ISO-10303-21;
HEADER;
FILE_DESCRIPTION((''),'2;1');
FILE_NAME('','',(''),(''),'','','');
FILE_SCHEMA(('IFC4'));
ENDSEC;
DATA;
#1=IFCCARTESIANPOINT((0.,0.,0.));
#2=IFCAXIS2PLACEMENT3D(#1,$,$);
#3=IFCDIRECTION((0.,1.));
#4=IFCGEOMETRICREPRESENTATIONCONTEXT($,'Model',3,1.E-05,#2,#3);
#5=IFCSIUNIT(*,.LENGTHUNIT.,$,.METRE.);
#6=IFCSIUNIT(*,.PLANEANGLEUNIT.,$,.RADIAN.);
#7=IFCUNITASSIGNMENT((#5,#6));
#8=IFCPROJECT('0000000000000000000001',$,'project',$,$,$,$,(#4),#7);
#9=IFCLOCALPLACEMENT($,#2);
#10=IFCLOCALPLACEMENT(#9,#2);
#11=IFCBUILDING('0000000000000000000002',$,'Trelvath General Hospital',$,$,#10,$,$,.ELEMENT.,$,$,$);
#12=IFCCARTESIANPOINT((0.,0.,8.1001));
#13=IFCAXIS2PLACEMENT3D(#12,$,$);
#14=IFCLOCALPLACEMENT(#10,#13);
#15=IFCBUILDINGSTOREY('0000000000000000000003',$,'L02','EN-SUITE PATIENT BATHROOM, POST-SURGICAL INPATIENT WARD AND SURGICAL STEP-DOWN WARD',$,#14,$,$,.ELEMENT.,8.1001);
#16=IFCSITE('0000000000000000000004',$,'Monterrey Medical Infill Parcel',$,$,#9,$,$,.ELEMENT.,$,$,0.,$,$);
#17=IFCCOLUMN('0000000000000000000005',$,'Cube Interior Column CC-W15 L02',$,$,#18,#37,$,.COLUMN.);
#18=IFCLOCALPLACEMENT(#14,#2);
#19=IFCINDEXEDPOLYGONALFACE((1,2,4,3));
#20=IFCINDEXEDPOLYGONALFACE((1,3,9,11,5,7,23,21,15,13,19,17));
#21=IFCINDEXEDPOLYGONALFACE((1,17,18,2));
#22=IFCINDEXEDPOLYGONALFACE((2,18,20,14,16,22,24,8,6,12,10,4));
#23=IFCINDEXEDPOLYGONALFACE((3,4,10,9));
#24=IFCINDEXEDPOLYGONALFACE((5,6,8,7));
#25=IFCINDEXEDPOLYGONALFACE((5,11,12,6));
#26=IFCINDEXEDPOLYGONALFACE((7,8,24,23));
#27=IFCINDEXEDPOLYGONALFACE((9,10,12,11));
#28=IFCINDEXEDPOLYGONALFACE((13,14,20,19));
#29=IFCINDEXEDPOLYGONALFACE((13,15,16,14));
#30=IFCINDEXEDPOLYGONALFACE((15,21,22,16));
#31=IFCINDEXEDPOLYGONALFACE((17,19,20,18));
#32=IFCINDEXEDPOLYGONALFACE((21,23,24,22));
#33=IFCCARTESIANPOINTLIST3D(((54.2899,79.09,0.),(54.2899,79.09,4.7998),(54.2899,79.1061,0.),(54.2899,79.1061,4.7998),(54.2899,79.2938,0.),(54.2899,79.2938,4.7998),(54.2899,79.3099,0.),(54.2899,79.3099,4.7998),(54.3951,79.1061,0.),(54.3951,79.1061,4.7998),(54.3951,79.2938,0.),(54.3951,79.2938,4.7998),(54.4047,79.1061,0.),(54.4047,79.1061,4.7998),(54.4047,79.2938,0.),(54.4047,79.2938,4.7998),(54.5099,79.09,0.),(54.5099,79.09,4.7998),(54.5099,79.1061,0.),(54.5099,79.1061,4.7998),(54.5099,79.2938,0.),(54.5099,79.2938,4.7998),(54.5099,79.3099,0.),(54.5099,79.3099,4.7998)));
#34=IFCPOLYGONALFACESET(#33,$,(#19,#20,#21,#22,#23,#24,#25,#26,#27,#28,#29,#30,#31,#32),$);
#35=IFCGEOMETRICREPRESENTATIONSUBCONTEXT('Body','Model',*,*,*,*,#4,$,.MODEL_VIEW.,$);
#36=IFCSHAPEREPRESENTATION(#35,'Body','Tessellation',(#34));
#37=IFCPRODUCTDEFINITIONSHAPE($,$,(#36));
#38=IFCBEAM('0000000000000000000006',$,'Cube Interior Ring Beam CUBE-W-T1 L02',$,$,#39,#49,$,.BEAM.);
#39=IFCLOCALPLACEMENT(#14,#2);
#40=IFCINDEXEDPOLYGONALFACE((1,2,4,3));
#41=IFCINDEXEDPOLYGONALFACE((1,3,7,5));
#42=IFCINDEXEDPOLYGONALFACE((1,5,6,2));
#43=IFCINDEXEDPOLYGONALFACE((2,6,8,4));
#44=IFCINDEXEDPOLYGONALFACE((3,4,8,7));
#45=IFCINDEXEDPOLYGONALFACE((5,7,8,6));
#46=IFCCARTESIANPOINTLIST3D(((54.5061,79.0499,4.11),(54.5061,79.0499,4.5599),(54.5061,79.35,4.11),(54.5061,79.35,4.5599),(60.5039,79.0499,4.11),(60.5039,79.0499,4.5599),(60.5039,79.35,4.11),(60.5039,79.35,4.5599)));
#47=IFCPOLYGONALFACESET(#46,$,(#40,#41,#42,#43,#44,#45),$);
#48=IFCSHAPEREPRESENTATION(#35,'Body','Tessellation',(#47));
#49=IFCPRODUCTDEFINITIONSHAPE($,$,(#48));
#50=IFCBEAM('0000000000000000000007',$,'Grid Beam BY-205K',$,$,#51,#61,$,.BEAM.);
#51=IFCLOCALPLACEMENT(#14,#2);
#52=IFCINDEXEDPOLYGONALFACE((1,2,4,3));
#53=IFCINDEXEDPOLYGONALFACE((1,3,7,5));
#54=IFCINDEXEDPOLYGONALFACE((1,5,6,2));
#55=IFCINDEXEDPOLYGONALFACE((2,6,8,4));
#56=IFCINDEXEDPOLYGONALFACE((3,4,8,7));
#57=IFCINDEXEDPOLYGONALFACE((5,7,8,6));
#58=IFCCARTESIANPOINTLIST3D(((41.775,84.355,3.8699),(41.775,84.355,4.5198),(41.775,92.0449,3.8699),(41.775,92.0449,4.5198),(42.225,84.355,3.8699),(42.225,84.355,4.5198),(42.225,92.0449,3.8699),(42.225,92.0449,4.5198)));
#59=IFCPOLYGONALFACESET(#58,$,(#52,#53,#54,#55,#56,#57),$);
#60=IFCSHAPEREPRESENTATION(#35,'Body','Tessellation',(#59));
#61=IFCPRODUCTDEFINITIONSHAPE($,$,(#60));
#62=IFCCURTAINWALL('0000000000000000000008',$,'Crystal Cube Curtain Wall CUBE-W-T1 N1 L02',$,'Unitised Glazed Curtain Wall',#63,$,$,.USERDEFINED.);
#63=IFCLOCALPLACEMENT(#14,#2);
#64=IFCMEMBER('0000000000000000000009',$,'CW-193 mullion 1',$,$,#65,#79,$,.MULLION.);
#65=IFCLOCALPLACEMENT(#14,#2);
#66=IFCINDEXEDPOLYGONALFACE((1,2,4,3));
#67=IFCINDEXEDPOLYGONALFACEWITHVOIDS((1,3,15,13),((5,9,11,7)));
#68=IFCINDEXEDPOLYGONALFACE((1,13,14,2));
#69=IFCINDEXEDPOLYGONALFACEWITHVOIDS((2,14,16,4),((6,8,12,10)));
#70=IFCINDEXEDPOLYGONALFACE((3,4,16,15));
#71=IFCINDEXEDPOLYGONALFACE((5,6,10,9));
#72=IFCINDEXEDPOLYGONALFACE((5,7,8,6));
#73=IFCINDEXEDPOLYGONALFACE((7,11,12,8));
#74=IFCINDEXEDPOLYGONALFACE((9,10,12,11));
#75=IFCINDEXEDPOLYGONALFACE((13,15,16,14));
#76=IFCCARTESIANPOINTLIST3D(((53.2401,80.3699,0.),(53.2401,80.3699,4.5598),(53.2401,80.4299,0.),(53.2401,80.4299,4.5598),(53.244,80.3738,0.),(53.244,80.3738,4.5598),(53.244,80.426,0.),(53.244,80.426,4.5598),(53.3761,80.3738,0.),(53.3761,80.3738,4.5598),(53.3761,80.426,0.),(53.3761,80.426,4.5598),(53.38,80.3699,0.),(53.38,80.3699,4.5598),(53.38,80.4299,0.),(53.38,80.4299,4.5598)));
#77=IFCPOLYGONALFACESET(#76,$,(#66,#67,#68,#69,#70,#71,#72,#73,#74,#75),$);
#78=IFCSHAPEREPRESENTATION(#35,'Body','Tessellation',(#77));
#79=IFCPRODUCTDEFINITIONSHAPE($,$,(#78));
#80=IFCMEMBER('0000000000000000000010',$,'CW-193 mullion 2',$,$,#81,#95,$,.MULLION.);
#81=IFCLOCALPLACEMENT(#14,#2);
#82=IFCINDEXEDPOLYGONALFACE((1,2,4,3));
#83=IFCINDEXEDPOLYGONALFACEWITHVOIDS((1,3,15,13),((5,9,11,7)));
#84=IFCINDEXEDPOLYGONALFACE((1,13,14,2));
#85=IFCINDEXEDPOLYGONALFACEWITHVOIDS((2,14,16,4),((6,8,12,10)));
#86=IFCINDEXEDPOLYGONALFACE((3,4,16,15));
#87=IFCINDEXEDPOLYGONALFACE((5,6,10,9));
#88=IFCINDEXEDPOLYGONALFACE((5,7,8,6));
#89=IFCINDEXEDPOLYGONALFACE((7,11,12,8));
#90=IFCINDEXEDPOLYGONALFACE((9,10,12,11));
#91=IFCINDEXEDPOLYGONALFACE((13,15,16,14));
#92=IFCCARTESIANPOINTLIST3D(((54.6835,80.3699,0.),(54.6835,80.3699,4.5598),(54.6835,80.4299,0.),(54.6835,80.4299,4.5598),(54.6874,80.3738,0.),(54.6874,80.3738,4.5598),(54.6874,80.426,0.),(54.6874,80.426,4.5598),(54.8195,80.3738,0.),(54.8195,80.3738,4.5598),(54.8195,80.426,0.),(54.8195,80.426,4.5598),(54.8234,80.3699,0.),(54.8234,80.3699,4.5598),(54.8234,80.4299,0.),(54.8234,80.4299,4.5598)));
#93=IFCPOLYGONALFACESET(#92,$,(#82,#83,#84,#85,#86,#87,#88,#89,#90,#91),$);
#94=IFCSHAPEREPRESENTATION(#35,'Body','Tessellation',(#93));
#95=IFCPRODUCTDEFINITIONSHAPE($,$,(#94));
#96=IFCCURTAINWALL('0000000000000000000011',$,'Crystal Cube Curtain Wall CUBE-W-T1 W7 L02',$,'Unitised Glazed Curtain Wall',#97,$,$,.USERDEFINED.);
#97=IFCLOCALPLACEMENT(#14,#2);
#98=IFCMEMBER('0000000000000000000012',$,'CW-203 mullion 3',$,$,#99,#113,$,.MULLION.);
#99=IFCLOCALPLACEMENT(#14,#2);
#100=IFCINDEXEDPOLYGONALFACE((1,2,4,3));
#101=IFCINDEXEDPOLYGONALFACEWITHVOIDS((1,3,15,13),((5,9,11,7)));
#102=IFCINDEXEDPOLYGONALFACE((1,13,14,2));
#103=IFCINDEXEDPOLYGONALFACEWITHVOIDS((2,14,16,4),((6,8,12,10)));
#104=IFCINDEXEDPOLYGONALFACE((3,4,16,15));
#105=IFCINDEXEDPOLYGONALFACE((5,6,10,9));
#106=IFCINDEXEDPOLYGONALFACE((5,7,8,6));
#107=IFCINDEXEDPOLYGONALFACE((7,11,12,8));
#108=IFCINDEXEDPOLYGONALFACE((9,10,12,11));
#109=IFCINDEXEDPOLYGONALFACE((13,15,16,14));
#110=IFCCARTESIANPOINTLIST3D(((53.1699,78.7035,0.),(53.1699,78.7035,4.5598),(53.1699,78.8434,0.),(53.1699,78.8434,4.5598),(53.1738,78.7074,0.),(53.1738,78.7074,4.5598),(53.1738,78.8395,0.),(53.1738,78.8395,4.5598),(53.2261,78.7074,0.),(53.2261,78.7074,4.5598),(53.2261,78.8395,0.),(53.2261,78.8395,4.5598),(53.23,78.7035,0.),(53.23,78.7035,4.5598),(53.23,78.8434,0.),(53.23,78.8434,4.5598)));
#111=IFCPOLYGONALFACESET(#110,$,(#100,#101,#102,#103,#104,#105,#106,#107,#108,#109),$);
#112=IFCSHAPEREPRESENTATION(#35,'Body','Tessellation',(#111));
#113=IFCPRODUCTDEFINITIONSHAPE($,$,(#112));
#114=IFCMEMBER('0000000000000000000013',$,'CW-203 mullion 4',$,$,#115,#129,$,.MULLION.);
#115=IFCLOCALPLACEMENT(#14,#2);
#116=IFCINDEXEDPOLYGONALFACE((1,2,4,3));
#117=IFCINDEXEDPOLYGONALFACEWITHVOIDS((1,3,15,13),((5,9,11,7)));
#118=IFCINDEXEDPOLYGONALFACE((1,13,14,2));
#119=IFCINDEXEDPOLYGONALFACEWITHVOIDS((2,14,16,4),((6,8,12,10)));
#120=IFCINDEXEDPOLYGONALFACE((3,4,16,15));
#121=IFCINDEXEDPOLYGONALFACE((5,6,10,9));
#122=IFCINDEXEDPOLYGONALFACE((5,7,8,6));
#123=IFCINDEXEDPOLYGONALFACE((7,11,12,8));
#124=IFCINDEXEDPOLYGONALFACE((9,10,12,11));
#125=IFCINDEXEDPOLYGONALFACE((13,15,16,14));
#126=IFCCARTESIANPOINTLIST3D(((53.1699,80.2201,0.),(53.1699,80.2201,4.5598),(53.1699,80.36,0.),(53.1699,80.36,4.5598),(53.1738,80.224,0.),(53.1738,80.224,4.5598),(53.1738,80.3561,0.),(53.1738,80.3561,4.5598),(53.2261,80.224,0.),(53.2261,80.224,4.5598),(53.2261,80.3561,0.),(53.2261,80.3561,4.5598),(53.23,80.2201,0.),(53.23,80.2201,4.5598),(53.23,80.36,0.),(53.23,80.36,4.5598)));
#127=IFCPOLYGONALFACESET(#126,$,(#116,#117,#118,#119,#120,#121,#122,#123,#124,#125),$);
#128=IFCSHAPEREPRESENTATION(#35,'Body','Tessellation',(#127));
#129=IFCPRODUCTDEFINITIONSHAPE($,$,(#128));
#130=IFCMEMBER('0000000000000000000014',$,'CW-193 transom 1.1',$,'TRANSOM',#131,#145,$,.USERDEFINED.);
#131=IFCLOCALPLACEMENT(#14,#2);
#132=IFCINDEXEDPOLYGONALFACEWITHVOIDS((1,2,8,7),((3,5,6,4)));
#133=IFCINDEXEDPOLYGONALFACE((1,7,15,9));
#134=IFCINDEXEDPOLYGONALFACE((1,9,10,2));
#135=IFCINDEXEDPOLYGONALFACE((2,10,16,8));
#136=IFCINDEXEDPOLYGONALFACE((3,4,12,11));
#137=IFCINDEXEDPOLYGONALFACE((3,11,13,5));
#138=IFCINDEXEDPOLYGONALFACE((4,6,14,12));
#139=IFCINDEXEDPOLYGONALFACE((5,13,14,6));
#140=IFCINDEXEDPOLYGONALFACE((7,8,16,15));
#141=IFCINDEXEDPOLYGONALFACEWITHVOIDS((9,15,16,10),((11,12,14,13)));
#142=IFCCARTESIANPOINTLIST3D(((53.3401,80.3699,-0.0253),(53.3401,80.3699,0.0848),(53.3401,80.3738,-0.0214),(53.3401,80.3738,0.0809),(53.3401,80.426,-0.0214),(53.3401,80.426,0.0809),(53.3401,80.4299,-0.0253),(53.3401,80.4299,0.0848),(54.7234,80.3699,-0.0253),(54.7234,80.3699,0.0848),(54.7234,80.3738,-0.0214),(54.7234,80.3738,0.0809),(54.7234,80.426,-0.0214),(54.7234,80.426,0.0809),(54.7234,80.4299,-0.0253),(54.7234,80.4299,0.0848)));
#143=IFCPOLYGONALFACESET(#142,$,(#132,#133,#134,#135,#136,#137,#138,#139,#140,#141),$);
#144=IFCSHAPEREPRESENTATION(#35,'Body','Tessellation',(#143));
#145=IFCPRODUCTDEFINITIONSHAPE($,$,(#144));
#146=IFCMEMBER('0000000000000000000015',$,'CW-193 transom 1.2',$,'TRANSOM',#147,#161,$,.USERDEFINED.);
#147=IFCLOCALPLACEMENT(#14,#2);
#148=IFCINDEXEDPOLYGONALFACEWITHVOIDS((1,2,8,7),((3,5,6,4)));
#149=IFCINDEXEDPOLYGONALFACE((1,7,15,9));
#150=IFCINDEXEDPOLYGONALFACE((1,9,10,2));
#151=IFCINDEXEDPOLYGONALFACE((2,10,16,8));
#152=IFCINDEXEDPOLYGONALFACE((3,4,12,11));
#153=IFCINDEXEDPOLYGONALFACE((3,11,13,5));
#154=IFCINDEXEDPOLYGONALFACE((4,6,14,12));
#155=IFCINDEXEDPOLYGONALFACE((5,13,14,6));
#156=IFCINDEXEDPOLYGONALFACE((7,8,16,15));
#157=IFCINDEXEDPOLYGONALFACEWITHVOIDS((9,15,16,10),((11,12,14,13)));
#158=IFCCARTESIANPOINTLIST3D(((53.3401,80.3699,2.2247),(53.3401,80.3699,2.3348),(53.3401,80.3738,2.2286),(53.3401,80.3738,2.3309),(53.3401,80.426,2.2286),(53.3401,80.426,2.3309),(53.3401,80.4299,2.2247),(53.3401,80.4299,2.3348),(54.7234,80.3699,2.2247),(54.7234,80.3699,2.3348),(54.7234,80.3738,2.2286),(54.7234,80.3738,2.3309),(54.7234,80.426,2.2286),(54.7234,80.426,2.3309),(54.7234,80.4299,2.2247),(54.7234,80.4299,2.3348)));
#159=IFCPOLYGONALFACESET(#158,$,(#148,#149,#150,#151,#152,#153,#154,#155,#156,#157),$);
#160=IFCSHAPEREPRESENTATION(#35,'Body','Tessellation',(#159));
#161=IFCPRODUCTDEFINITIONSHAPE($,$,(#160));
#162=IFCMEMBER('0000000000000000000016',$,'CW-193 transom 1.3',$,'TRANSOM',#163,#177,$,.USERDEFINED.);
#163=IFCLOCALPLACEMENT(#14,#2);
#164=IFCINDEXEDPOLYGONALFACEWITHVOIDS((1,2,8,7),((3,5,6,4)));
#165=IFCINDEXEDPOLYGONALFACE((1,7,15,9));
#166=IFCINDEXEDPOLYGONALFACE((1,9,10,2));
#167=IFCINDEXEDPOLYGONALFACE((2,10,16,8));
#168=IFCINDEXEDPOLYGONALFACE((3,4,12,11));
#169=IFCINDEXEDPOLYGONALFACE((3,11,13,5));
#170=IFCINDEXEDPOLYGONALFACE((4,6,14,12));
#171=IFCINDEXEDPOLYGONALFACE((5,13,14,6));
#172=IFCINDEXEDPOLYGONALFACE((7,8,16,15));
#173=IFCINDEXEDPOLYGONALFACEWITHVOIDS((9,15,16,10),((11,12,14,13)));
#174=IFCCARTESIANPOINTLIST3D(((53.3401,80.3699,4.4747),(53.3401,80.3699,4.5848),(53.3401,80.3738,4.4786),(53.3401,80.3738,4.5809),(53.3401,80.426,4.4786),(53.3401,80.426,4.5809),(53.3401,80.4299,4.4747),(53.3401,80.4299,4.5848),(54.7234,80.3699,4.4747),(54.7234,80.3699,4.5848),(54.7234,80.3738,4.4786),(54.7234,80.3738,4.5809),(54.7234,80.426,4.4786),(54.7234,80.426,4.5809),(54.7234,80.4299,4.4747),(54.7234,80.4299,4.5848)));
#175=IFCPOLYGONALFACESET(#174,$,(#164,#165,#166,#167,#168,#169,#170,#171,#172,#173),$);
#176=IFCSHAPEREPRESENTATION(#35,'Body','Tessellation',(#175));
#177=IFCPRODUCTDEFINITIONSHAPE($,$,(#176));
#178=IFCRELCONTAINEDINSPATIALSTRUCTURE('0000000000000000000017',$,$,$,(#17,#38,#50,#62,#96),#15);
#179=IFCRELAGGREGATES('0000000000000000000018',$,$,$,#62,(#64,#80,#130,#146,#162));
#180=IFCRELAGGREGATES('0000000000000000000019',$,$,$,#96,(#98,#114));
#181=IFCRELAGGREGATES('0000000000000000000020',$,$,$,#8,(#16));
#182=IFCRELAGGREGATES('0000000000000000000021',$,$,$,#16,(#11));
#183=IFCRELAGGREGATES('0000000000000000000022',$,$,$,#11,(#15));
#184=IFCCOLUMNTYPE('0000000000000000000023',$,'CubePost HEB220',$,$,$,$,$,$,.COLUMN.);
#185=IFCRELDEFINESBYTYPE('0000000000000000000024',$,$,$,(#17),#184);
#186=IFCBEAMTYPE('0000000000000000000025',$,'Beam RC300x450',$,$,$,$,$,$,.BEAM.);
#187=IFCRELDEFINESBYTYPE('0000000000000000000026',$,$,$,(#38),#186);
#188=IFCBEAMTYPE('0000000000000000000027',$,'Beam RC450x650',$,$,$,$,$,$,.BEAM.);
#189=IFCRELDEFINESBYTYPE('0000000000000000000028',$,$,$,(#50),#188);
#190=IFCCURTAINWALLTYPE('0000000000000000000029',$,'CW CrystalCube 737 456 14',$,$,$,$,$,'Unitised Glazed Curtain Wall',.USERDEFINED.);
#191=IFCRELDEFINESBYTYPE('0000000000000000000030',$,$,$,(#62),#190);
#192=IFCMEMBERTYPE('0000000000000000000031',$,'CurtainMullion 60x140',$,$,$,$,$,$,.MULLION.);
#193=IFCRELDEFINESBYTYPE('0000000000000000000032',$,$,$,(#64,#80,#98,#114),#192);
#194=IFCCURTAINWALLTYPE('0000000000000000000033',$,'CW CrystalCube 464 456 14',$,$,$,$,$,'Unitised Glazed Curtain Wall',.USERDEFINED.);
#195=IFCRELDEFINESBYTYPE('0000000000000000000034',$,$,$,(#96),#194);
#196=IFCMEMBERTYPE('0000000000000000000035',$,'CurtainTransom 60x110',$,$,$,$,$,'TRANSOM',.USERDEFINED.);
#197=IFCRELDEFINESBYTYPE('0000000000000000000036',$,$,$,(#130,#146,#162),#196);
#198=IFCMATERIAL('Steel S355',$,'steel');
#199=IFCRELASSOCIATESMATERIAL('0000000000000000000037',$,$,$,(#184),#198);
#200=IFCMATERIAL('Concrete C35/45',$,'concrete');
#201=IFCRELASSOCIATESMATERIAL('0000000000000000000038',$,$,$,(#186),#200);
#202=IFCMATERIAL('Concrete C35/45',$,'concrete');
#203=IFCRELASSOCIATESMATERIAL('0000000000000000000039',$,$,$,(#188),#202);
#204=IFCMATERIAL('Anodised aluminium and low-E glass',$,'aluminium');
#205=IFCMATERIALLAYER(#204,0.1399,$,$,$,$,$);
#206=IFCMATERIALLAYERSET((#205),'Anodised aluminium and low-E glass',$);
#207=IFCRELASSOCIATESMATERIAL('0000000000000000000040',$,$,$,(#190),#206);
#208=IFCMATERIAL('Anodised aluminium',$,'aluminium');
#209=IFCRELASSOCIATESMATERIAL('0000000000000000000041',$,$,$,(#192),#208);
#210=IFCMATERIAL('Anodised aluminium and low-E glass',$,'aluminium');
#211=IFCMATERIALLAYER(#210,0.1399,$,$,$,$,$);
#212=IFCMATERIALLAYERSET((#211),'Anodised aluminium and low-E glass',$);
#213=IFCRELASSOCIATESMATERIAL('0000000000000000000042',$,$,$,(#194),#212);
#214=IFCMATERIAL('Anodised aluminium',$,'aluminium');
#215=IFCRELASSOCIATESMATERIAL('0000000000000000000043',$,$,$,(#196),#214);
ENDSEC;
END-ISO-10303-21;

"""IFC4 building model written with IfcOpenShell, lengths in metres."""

from ifc_helpers import new_model, si_unit, direction, frame, origin, origin_2d, place, context, subcontext, project, spatial, rectangle, hollow_rectangle, i_section, extrude, material, layer, layer_set, material_profile, profile_set, type_object, element, aggregate, save


model = new_model("IFC4")

# Units and contexts
model_context = context("Model", 3, precision=1e-05, world=origin(), true_north=direction((0.0, 1.0)))
body_context = subcontext(model_context, "Body", "Model", "MODEL_VIEW")
ifc_project = project(units=[si_unit("LENGTHUNIT", "METRE"), si_unit("PLANEANGLEUNIT", "RADIAN")], contexts=[model_context])

# Site, building, storey
site_placement = place(None, origin())
site = spatial("IfcSite", under=ifc_project, at=site_placement, Name="Monterrey Medical Infill Parcel", CompositionType="ELEMENT", RefElevation=0.0)
building_placement = place(site_placement, origin())
building = spatial("IfcBuilding", under=site, at=building_placement, Name="Trelvath General Hospital", CompositionType="ELEMENT")
storey_placement = place(building_placement, frame((0.0, 0.0, 8.1001)))
storey = spatial("IfcBuildingStorey", under=building, at=storey_placement, Name="L02", Description="EN-SUITE PATIENT BATHROOM, POST-SURGICAL INPATIENT WARD AND SURGICAL STEP-DOWN WARD", CompositionType="ELEMENT", Elevation=8.1001)

# Column
ifc_material_1 = material(Name="Steel S355", Category="steel")
ifc_material_profile_1 = material_profile(ifc_material_1, i_section(OverallWidth=0.22, OverallDepth=0.22, WebThickness=0.0095, FlangeThickness=0.0161, at=origin_2d()), Name="HEB220")
ifc_profile_set_1 = profile_set([ifc_material_profile_1], Name="Steel S355")
column_type = type_object("IfcColumnType", Name="CubePost HEB220", PredefinedType="COLUMN", material=ifc_profile_set_1)
column_placement = place(storey_placement, frame((54.3999, 79.2, 0.0), z_axis=(0.0, 0.0, 1.0), x_axis=(1.0, 0.0, 0.0)))
element("IfcColumn", 1, at=column_placement, inside=storey, type_object=column_type, Name="Cube Interior Column CC-W15 L02", PredefinedType="COLUMN", context=body_context, shape_type="SweptSolid", body=[
    extrude(i_section(OverallWidth=0.22, OverallDepth=0.22, WebThickness=0.0095, FlangeThickness=0.0161, at=origin_2d()), origin(), (0.0, 0.0, 1.0), 4.7998),
])

# Beams
ifc_material_2 = material(Name="Concrete C35/45", Category="concrete")
ifc_material_profile_2 = material_profile(ifc_material_2, rectangle(XDim=0.3, YDim=0.45, at=origin_2d()), Name="RCB300x450")
ifc_profile_set_2 = profile_set([ifc_material_profile_2], Name="Concrete C35/45")
beam_type_1 = type_object("IfcBeamType", Name="Beam RC300x450", PredefinedType="BEAM", material=ifc_profile_set_2)
beam_1_placement = place(storey_placement, frame((54.5061, 79.2, 4.335), z_axis=(1.0, 0.0, 0.0), x_axis=(0.0, 1.0, 0.0)))
element("IfcBeam", 2, at=beam_1_placement, inside=storey, type_object=beam_type_1, Name="Cube Interior Ring Beam CUBE-W-T1 L02", PredefinedType="BEAM", context=body_context, shape_type="SweptSolid", body=[
    extrude(rectangle(XDim=0.3, YDim=0.45, at=origin_2d()), origin(), (0.0, 0.0, 1.0), 5.9978),
])
ifc_material_3 = material(Name="Concrete C35/45", Category="concrete")
ifc_material_profile_3 = material_profile(ifc_material_3, rectangle(XDim=0.45, YDim=0.6499, at=origin_2d()), Name="RCB450x650")
ifc_profile_set_3 = profile_set([ifc_material_profile_3], Name="Concrete C35/45")
beam_type_2 = type_object("IfcBeamType", Name="Beam RC450x650", PredefinedType="BEAM", material=ifc_profile_set_3)
beam_2_placement = place(storey_placement, frame((42.0, 84.355, 4.1948), z_axis=(0.0, 1.0, 0.0), x_axis=(-1.0, 0.0, 0.0)))
element("IfcBeam", 3, at=beam_2_placement, inside=storey, type_object=beam_type_2, Name="Grid Beam BY-205K", PredefinedType="BEAM", context=body_context, shape_type="SweptSolid", body=[
    extrude(rectangle(XDim=0.45, YDim=0.6499, at=origin_2d()), origin(), (0.0, 0.0, 1.0), 7.6899),
])

# Curtain walls, members
ifc_material_4 = material(Name="Anodised aluminium and low-E glass", Category="aluminium")
ifc_layer_1 = layer(ifc_material_4, 0.1399)
ifc_layer_set_1 = layer_set([ifc_layer_1], Name="Anodised aluminium and low-E glass")
curtain_wall_type_1 = type_object("IfcCurtainWallType", Name="CW CrystalCube 737 456 14", ElementType="Unitised Glazed Curtain Wall", PredefinedType="USERDEFINED", material=ifc_layer_set_1)
curtain_wall_1_placement = place(storey_placement, origin())
curtain_wall_1 = element("IfcCurtainWall", 4, at=curtain_wall_1_placement, inside=storey, type_object=curtain_wall_type_1, Name="Crystal Cube Curtain Wall CUBE-W-T1 N1 L02", ObjectType="Unitised Glazed Curtain Wall", PredefinedType="USERDEFINED")
ifc_material_5 = material(Name="Anodised aluminium", Category="aluminium")
ifc_material_profile_4 = material_profile(ifc_material_5, hollow_rectangle(XDim=0.0601, YDim=0.1399, WallThickness=0.0039, at=origin_2d()), Name="RHS60x140x4")
ifc_profile_set_4 = profile_set([ifc_material_profile_4], Name="Anodised aluminium")
member_type_1 = type_object("IfcMemberType", Name="CurtainMullion 60x140", PredefinedType="MULLION", material=ifc_profile_set_4)
member_1_placement = place(storey_placement, frame((53.3101, 80.3999, 0.0), z_axis=(0.0, 0.0, 1.0), x_axis=(0.0, 1.0, 0.0)))
member_1 = element("IfcMember", 5, at=member_1_placement, type_object=member_type_1, Name="CW-193 mullion 1", PredefinedType="MULLION", context=body_context, shape_type="SweptSolid", body=[
    extrude(hollow_rectangle(XDim=0.0601, YDim=0.1399, WallThickness=0.0039, at=origin_2d()), origin(), (0.0, 0.0, 1.0), 4.5598),
])
member_2_placement = place(storey_placement, frame((54.7534, 80.3999, 0.0), z_axis=(0.0, 0.0, 1.0), x_axis=(0.0, 1.0, 0.0)))
member_2 = element("IfcMember", 6, at=member_2_placement, type_object=member_type_1, Name="CW-193 mullion 2", PredefinedType="MULLION", context=body_context, shape_type="SweptSolid", body=[
    extrude(hollow_rectangle(XDim=0.0601, YDim=0.1399, WallThickness=0.0039, at=origin_2d()), origin(), (0.0, 0.0, 1.0), 4.5598),
])
ifc_material_6 = material(Name="Anodised aluminium and low-E glass", Category="aluminium")
ifc_layer_2 = layer(ifc_material_6, 0.1399)
ifc_layer_set_2 = layer_set([ifc_layer_2], Name="Anodised aluminium and low-E glass")
curtain_wall_type_2 = type_object("IfcCurtainWallType", Name="CW CrystalCube 464 456 14", ElementType="Unitised Glazed Curtain Wall", PredefinedType="USERDEFINED", material=ifc_layer_set_2)
curtain_wall_2_placement = place(storey_placement, origin())
curtain_wall_2 = element("IfcCurtainWall", 7, at=curtain_wall_2_placement, inside=storey, type_object=curtain_wall_type_2, Name="Crystal Cube Curtain Wall CUBE-W-T1 W7 L02", ObjectType="Unitised Glazed Curtain Wall", PredefinedType="USERDEFINED")
member_3_placement = place(storey_placement, frame((53.2, 78.7734, 0.0), z_axis=(0.0, 0.0, 1.0), x_axis=(-1.0, 0.0, 0.0)))
member_3 = element("IfcMember", 8, at=member_3_placement, type_object=member_type_1, Name="CW-203 mullion 3", PredefinedType="MULLION", context=body_context, shape_type="SweptSolid", body=[
    extrude(hollow_rectangle(XDim=0.0601, YDim=0.1399, WallThickness=0.0039, at=origin_2d()), origin(), (0.0, 0.0, 1.0), 4.5598),
])
member_4_placement = place(storey_placement, frame((53.2, 80.29, 0.0), z_axis=(0.0, 0.0, 1.0), x_axis=(-1.0, 0.0, 0.0)))
member_4 = element("IfcMember", 9, at=member_4_placement, type_object=member_type_1, Name="CW-203 mullion 4", PredefinedType="MULLION", context=body_context, shape_type="SweptSolid", body=[
    extrude(hollow_rectangle(XDim=0.0601, YDim=0.1399, WallThickness=0.0039, at=origin_2d()), origin(), (0.0, 0.0, 1.0), 4.5598),
])

# Members
ifc_material_7 = material(Name="Anodised aluminium", Category="aluminium")
ifc_material_profile_5 = material_profile(ifc_material_7, hollow_rectangle(XDim=0.0601, YDim=0.1101, WallThickness=0.0039, at=origin_2d()), Name="RHS60x110x4")
ifc_profile_set_5 = profile_set([ifc_material_profile_5], Name="Anodised aluminium")
member_type_2 = type_object("IfcMemberType", Name="CurtainTransom 60x110", ElementType="TRANSOM", PredefinedType="USERDEFINED", material=ifc_profile_set_5)
member_5_placement = place(storey_placement, frame((53.3401, 80.3999, 0.0298), z_axis=(1.0, 0.0, 0.0), x_axis=(0.0, 1.0, 0.0)))
member_5 = element("IfcMember", 10, at=member_5_placement, type_object=member_type_2, Name="CW-193 transom 1.1", ObjectType="TRANSOM", PredefinedType="USERDEFINED", context=body_context, shape_type="SweptSolid", body=[
    extrude(hollow_rectangle(XDim=0.0601, YDim=0.1101, WallThickness=0.0039, at=origin_2d()), origin(), (0.0, 0.0, 1.0), 1.3833),
])
member_6_placement = place(storey_placement, frame((53.3401, 80.3999, 2.2798), z_axis=(1.0, 0.0, 0.0), x_axis=(0.0, 1.0, 0.0)))
member_6 = element("IfcMember", 11, at=member_6_placement, type_object=member_type_2, Name="CW-193 transom 1.2", ObjectType="TRANSOM", PredefinedType="USERDEFINED", context=body_context, shape_type="SweptSolid", body=[
    extrude(hollow_rectangle(XDim=0.0601, YDim=0.1101, WallThickness=0.0039, at=origin_2d()), origin(), (0.0, 0.0, 1.0), 1.3833),
])
member_7_placement = place(storey_placement, frame((53.3401, 80.3999, 4.5298), z_axis=(1.0, 0.0, 0.0), x_axis=(0.0, 1.0, 0.0)))
member_7 = element("IfcMember", 12, at=member_7_placement, type_object=member_type_2, Name="CW-193 transom 1.3", ObjectType="TRANSOM", PredefinedType="USERDEFINED", context=body_context, shape_type="SweptSolid", body=[
    extrude(hollow_rectangle(XDim=0.0601, YDim=0.1101, WallThickness=0.0039, at=origin_2d()), origin(), (0.0, 0.0, 1.0), 1.3833),
])

aggregate(curtain_wall_1, [member_1, member_2, member_5, member_6, member_7])
aggregate(curtain_wall_2, [member_3, member_4])

save(model, "model.ifc")
